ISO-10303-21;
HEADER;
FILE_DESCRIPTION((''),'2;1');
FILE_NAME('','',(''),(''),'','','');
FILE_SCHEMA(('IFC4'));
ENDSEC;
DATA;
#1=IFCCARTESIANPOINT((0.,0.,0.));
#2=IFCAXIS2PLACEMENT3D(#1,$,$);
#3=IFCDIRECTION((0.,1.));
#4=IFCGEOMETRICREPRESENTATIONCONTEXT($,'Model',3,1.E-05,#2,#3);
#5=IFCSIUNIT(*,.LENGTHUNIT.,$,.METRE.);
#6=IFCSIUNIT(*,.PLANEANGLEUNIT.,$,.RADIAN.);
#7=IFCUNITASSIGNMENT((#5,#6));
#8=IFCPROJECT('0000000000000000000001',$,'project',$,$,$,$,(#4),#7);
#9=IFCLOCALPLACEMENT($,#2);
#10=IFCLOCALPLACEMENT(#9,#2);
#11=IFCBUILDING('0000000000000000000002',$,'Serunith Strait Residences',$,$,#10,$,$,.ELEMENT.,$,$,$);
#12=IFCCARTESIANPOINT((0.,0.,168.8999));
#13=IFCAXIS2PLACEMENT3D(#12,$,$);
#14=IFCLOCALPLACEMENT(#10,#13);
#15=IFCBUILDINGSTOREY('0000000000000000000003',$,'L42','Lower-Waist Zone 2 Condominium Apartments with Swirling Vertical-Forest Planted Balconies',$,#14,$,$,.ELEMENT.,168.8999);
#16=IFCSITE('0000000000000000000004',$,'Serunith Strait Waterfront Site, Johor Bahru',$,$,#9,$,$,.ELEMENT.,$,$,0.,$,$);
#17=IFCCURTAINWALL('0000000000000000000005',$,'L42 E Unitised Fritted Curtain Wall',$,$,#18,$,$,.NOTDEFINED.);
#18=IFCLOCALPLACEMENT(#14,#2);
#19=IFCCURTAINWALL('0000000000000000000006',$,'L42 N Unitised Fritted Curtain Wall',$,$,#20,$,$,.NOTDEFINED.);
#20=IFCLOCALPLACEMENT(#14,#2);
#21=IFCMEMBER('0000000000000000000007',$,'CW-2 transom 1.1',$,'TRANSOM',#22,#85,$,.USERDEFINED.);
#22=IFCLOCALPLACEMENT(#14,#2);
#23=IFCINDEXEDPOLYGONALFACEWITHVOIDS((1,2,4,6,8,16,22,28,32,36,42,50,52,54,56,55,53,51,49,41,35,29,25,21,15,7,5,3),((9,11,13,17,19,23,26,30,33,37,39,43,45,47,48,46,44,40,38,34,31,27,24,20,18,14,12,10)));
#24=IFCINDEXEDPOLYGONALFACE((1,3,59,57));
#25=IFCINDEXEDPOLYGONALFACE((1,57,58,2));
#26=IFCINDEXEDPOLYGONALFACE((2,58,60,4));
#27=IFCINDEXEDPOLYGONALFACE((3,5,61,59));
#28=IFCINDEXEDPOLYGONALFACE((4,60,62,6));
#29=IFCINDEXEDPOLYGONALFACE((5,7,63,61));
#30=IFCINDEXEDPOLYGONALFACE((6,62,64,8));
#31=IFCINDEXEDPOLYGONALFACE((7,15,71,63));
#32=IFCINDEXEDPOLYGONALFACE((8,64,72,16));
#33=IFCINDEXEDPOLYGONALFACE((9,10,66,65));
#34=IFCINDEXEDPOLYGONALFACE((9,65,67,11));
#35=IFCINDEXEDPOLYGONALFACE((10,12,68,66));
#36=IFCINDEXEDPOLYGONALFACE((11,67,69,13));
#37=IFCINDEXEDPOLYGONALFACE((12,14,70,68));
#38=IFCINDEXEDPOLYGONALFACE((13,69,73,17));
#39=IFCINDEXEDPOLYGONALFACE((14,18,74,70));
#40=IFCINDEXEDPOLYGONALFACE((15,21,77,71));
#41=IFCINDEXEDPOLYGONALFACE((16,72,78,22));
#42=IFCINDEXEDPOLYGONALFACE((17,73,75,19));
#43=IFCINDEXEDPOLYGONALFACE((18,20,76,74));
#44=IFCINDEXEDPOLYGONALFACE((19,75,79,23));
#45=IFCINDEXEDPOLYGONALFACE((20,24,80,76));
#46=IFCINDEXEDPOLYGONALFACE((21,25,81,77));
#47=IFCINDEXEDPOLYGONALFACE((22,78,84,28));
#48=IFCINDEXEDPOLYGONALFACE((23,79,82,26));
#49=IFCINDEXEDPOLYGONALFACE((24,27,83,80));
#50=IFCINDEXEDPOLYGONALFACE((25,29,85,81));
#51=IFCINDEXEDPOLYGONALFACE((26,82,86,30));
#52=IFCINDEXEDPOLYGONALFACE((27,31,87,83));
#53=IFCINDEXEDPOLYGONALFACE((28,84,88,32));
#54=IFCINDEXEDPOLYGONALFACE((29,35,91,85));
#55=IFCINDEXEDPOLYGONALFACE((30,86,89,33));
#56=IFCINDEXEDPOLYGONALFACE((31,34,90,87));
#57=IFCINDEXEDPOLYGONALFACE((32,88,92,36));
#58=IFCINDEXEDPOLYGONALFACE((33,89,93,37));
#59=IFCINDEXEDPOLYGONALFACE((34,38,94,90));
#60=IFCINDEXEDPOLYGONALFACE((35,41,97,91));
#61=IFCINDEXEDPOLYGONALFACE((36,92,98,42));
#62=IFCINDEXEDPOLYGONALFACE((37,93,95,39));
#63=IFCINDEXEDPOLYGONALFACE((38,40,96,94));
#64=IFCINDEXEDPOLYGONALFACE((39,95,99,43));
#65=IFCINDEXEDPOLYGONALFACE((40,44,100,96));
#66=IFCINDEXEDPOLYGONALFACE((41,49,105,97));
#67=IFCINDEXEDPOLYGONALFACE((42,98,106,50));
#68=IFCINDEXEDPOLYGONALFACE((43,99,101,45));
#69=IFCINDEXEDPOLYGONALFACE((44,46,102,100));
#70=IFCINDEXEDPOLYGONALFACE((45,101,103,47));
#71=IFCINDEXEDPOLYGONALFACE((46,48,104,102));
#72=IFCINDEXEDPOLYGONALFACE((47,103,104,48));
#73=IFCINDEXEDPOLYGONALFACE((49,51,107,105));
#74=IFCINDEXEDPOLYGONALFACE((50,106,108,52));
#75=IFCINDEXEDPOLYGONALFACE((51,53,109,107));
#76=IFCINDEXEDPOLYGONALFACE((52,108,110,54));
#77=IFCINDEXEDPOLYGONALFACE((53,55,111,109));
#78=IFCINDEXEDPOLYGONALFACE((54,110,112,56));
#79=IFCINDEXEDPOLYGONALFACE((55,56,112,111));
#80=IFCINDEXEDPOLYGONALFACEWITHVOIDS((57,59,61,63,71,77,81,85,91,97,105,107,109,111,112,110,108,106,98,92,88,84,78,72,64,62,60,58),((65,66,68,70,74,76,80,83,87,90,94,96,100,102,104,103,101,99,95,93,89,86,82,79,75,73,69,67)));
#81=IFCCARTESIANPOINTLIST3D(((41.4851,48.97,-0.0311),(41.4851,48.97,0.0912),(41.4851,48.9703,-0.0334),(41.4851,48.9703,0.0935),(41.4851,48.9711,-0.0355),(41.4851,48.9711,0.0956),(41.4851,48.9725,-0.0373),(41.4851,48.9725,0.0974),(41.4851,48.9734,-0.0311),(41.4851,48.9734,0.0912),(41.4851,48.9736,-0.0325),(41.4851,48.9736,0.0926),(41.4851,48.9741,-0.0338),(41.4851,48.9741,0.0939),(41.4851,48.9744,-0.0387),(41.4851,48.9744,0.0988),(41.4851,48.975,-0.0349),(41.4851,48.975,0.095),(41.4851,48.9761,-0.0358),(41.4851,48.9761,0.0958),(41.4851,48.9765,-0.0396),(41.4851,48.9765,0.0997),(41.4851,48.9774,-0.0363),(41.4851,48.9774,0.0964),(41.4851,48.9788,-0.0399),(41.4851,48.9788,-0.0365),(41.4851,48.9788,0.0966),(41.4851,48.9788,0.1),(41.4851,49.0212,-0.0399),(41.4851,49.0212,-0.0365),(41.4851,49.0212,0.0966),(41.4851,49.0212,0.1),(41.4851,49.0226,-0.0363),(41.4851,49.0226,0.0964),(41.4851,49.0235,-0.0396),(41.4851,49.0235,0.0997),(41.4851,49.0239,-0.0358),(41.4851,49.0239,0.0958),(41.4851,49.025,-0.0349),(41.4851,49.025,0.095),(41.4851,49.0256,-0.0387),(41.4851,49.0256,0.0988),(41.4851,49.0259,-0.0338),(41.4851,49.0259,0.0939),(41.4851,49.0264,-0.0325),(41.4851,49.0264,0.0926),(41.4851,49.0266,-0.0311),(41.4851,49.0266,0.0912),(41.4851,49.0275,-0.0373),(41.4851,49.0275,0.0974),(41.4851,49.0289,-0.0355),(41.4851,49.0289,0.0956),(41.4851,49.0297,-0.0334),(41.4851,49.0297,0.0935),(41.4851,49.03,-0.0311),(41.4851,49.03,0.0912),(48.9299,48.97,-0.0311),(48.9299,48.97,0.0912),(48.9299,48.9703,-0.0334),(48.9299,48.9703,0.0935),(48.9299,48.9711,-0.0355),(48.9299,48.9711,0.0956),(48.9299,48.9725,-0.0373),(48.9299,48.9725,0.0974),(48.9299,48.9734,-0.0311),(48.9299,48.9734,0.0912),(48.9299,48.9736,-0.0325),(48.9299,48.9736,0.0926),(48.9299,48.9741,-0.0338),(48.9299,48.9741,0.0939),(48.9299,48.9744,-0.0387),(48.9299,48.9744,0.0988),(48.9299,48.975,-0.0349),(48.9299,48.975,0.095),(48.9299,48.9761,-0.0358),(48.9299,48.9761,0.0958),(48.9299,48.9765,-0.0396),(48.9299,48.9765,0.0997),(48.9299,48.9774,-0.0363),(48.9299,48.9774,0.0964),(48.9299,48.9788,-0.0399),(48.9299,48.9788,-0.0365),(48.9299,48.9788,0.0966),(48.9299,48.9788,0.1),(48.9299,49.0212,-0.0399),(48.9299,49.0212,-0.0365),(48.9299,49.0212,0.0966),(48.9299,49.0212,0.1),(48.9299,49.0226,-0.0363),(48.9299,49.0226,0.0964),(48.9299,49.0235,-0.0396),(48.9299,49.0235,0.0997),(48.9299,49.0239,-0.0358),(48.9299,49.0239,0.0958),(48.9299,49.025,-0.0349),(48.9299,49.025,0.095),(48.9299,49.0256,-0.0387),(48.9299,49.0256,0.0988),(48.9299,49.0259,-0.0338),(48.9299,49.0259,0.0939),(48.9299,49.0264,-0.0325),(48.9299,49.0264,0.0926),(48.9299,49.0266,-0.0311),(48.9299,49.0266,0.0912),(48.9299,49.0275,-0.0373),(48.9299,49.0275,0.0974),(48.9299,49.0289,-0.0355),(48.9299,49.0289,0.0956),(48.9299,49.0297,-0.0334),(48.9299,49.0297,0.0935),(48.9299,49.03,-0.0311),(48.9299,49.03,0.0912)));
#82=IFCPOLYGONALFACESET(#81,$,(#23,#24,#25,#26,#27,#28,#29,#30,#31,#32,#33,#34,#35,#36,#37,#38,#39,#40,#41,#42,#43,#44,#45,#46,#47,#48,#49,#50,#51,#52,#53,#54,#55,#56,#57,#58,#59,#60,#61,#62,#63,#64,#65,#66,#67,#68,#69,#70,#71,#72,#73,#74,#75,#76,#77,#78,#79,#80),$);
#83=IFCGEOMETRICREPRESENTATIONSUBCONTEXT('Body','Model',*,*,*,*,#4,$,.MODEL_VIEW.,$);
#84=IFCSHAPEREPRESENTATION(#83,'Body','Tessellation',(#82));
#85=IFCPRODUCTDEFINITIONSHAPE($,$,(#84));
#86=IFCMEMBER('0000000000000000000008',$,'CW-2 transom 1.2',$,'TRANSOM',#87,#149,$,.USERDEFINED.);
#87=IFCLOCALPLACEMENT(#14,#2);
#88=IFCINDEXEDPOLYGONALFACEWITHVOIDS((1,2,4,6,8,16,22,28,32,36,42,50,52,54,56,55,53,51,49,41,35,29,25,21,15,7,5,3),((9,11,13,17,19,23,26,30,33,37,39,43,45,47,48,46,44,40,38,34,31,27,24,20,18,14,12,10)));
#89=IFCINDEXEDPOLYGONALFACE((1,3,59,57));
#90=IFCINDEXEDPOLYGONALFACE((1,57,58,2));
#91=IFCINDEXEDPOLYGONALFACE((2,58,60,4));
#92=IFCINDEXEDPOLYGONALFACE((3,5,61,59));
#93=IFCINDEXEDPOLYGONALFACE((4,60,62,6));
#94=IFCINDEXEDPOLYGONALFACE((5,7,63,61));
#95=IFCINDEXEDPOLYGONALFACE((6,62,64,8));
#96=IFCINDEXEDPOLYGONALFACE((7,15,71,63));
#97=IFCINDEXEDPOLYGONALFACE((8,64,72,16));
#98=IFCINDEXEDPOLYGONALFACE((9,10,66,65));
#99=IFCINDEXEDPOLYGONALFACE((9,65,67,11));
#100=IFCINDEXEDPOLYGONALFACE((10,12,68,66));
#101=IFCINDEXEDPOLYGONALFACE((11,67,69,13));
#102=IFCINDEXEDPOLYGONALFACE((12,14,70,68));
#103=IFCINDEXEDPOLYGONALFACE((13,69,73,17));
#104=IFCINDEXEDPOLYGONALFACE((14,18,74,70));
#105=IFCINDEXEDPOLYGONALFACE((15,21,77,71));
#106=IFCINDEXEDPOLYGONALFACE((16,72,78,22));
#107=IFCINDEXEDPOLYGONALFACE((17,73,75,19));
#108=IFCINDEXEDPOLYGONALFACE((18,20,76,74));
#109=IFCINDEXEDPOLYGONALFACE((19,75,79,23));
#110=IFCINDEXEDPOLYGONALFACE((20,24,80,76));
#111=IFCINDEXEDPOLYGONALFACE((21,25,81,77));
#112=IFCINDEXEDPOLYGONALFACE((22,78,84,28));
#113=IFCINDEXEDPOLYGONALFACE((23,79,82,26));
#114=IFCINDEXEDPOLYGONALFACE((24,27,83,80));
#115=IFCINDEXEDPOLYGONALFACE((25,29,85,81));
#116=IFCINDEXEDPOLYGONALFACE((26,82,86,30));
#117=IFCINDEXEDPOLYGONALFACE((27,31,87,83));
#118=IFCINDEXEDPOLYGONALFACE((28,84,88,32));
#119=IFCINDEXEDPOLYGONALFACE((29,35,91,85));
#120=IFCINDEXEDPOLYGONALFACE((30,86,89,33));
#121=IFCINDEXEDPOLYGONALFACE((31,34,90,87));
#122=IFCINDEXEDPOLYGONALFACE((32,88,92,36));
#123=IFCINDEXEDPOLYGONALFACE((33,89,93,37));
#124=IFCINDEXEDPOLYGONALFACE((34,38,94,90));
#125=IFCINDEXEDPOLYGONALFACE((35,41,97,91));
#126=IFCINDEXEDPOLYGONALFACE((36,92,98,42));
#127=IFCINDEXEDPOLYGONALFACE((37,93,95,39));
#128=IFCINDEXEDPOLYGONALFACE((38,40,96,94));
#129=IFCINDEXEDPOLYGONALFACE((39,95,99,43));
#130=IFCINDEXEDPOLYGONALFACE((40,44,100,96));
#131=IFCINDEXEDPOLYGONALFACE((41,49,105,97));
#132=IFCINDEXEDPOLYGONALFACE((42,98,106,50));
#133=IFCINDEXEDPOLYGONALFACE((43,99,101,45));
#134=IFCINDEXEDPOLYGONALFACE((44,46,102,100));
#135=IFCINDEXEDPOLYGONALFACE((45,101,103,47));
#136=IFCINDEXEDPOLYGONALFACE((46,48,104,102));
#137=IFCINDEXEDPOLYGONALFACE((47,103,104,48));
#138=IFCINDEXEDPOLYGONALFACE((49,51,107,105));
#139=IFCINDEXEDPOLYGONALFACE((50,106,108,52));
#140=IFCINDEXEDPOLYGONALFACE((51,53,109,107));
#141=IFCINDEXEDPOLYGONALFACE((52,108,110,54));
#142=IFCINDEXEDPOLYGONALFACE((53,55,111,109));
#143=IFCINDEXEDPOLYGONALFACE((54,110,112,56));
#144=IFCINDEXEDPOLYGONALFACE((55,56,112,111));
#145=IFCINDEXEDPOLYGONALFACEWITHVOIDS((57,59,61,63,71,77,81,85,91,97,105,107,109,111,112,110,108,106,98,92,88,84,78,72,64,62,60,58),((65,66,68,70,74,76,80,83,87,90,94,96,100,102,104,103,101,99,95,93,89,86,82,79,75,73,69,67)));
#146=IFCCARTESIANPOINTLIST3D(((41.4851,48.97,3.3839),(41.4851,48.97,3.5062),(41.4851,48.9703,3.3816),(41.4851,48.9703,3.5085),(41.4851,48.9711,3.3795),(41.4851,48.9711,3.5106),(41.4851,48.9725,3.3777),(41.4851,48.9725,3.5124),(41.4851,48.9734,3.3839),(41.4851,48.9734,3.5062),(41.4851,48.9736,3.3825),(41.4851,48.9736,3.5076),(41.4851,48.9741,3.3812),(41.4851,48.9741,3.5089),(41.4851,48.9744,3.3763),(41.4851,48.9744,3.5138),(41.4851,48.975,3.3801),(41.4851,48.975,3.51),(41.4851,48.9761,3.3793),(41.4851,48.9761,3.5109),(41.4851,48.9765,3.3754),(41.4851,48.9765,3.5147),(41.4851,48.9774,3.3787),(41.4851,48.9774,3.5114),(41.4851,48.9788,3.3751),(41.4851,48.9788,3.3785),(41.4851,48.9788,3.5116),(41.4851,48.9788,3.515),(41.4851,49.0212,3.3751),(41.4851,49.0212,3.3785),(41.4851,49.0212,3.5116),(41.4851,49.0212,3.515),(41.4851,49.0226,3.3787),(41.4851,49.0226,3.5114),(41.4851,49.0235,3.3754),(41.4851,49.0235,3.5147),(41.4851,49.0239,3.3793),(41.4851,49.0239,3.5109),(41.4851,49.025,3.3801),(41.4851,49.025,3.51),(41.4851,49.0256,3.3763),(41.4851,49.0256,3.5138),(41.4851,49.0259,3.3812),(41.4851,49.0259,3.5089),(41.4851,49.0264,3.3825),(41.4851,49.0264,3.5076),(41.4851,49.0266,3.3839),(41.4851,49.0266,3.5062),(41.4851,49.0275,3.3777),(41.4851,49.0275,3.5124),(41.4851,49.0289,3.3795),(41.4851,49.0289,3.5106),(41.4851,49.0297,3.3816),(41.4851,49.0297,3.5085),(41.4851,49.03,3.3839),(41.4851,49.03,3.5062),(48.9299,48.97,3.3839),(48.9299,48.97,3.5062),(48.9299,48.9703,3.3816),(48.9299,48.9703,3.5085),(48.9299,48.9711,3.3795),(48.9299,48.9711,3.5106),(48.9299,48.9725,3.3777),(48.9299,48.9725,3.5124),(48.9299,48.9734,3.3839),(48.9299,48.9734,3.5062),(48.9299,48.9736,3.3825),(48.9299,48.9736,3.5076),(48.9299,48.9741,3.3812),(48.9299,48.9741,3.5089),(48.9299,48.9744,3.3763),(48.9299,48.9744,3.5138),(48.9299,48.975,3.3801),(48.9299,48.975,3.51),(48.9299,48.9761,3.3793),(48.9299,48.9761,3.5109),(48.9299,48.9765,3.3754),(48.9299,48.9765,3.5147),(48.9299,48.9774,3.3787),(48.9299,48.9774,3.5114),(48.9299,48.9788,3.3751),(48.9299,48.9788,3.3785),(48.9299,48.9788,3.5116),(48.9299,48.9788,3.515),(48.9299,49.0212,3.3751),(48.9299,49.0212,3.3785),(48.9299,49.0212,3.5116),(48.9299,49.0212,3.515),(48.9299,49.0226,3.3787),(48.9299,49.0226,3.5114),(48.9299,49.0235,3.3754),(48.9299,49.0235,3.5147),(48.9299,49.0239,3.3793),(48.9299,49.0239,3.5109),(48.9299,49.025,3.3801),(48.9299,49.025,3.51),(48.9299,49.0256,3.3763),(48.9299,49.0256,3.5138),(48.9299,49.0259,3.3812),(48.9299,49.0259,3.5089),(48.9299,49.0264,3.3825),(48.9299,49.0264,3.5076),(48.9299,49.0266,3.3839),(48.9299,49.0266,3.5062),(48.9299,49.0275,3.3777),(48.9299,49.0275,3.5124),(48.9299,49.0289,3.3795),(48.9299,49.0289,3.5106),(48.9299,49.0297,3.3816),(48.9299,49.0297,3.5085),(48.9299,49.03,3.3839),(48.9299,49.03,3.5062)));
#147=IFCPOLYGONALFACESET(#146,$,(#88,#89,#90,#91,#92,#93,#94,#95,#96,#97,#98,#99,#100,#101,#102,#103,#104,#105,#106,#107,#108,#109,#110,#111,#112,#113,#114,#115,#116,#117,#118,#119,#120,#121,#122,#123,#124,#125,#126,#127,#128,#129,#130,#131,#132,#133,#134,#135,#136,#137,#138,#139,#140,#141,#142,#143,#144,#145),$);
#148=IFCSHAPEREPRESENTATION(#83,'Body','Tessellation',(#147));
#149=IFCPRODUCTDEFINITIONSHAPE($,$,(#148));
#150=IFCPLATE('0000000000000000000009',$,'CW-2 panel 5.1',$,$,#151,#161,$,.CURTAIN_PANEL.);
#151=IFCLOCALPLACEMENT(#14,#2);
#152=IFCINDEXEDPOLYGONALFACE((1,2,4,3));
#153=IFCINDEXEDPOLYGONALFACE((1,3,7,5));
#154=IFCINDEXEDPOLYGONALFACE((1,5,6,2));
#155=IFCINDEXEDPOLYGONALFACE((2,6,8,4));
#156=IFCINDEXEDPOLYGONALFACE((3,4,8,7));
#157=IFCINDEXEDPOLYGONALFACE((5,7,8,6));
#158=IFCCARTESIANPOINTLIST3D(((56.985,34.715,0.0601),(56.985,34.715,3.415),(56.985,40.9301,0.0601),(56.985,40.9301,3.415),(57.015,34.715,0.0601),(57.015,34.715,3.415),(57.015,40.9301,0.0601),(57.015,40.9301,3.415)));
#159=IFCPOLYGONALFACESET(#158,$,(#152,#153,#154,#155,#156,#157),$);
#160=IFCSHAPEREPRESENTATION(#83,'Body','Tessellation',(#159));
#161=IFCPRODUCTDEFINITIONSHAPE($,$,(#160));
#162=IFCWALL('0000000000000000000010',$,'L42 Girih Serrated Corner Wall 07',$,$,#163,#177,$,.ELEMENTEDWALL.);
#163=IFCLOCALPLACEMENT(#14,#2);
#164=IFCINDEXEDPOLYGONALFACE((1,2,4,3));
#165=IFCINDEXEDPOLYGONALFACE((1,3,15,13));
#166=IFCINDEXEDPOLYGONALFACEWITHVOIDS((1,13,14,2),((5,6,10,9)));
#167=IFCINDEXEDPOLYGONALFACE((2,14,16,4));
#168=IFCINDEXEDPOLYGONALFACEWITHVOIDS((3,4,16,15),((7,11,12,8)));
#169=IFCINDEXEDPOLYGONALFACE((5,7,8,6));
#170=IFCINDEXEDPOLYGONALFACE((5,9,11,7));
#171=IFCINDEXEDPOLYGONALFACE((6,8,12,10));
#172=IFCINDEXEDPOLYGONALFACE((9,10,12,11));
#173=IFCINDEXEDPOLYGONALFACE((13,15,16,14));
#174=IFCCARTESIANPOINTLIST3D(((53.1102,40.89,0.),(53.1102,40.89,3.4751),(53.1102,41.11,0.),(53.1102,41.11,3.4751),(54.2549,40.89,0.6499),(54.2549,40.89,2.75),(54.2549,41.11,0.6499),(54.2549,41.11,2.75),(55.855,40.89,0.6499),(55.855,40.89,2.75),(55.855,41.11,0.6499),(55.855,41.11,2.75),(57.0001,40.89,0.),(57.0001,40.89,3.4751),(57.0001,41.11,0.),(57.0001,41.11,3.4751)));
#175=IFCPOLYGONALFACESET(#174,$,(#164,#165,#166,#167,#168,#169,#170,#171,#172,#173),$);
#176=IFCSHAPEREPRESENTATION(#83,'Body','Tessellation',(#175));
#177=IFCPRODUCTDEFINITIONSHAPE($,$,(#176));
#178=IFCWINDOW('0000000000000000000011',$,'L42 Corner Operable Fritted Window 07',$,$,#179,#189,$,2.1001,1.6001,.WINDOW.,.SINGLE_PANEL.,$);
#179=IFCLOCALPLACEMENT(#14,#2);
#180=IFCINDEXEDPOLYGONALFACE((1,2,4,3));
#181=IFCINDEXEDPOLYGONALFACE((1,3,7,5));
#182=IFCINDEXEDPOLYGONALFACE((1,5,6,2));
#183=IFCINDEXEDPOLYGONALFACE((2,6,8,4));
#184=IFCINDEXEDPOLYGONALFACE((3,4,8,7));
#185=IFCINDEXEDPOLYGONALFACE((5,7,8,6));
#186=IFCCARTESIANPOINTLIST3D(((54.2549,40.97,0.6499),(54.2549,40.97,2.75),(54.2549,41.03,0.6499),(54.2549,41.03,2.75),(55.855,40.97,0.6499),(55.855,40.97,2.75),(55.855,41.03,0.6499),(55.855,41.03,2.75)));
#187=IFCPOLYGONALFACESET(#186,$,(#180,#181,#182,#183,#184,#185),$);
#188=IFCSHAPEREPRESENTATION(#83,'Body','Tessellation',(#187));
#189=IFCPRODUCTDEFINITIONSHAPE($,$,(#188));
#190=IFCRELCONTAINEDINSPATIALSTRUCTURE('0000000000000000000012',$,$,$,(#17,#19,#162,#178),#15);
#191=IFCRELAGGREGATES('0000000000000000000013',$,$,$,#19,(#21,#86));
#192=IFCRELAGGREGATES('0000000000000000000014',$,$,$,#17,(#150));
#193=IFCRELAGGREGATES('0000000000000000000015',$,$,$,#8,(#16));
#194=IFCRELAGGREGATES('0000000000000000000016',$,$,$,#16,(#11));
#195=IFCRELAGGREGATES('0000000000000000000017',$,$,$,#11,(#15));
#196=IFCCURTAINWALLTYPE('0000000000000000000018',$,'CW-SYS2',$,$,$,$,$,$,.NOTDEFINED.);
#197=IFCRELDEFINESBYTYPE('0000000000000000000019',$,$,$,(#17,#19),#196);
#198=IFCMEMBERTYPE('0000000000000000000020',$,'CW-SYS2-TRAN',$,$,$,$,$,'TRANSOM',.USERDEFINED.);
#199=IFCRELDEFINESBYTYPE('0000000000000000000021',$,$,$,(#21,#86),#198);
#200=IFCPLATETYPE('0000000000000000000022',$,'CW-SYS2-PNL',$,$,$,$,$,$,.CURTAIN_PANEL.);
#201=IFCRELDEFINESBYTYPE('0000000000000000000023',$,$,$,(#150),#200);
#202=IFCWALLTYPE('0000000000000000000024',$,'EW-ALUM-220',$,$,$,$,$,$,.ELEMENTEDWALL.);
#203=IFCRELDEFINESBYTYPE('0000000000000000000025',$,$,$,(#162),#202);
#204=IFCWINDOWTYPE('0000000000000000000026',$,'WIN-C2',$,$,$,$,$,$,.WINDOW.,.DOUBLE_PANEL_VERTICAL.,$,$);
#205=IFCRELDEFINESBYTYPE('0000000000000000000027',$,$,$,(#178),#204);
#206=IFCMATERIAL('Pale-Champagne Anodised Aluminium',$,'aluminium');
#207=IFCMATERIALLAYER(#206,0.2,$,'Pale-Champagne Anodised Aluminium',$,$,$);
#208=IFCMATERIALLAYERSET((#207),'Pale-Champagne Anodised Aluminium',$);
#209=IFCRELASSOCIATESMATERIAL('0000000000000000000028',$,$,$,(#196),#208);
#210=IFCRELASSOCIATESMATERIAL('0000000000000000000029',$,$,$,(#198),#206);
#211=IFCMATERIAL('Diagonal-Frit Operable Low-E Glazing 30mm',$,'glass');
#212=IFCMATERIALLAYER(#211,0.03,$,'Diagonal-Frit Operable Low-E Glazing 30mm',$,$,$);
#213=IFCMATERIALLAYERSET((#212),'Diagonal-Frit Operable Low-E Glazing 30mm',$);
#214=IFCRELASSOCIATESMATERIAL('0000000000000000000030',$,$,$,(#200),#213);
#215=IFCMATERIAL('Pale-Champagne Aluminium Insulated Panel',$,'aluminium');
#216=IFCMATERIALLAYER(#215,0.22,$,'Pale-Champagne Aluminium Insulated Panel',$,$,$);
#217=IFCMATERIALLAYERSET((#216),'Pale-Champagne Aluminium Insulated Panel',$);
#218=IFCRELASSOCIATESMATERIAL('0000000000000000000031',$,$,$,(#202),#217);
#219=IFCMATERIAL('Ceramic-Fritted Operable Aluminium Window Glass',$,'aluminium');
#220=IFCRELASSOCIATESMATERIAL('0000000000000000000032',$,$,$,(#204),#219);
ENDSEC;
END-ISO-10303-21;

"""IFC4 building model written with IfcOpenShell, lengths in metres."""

from ifc_helpers import new_model, si_unit, direction, frame, frame_2d, origin, origin_2d, place, context, subcontext, project, spatial, rectangle, hollow_rectangle, extrude, source, transform, mapped, material, layer, layer_set, material_profile, profile_set, type_object, element, fill, aggregate, save


model = new_model("IFC4")

# Units and contexts
model_context = context("Model", 3, precision=1e-05, world=origin(), true_north=direction((0.0, 1.0)))
body_context = subcontext(model_context, "Body", "Model", "MODEL_VIEW")
ifc_project = project(units=[si_unit("LENGTHUNIT", "METRE"), si_unit("PLANEANGLEUNIT", "RADIAN")], contexts=[model_context])

# Site, building, storey
site_placement = place(None, origin())
site = spatial("IfcSite", under=ifc_project, at=site_placement, Name="Serunith Strait Waterfront Site, Johor Bahru", CompositionType="ELEMENT", RefElevation=0.0)
building_placement = place(site_placement, origin())
building = spatial("IfcBuilding", under=site, at=building_placement, Name="Serunith Strait Residences", CompositionType="ELEMENT")
storey_placement = place(building_placement, frame((0.0, 0.0, 168.8999)))
storey = spatial("IfcBuildingStorey", under=building, at=storey_placement, Name="L42", Description="Lower-Waist Zone 2 Condominium Apartments with Swirling Vertical-Forest Planted Balconies", CompositionType="ELEMENT", Elevation=168.8999)

# Curtain wall
ifc_material_1 = material(Name="Pale-Champagne Anodised Aluminium", Category="aluminium")
ifc_layer_1 = layer(ifc_material_1, 0.2, Name="Pale-Champagne Anodised Aluminium")
ifc_layer_set_1 = layer_set([ifc_layer_1], Name="Pale-Champagne Anodised Aluminium")
curtain_wall_type = type_object("IfcCurtainWallType", Name="CW-SYS2", PredefinedType="NOTDEFINED", material=ifc_layer_set_1)
curtain_wall_1_placement = place(storey_placement, origin())
curtain_wall_1 = element("IfcCurtainWall", 1, at=curtain_wall_1_placement, inside=storey, type_object=curtain_wall_type, Name="L42 E Unitised Fritted Curtain Wall", PredefinedType="NOTDEFINED")

# Curtain wall, members
curtain_wall_2_placement = place(storey_placement, origin())
curtain_wall_2 = element("IfcCurtainWall", 2, at=curtain_wall_2_placement, inside=storey, type_object=curtain_wall_type, Name="L42 N Unitised Fritted Curtain Wall", PredefinedType="NOTDEFINED")
ifc_material_profile_1 = material_profile(ifc_material_1, hollow_rectangle(XDim=0.0601, YDim=0.1399, WallThickness=0.0034, InnerFilletRadius=0.0054, OuterFilletRadius=0.0088, at=origin_2d()), Name="ALU 140x60x3.5")
ifc_profile_set_1 = profile_set([ifc_material_profile_1], Name="Pale-Champagne Anodised Aluminium")
member_type_1 = type_object("IfcMemberType", Name="CW-SYS2-TRAN", ElementType="TRANSOM", PredefinedType="USERDEFINED", material=ifc_profile_set_1)
shared_shape_1 = source(origin(), body_context, "Body", "SweptSolid", [
    extrude(hollow_rectangle(XDim=0.0601, YDim=0.1399, WallThickness=0.0034, InnerFilletRadius=0.0054, OuterFilletRadius=0.0088, at=origin_2d()), origin(), (0.0, 0.0, 1.0), 7.4448),
])
member_1_placement = place(storey_placement, frame((48.9299, 49.0, 0.03), z_axis=(-1.0, 0.0, 0.0), x_axis=(0.0, -1.0, 0.0)))
member_1 = element("IfcMember", 3, at=member_1_placement, type_object=member_type_1, Name="CW-2 transom 1.1", ObjectType="TRANSOM", PredefinedType="USERDEFINED", context=body_context, shape_type="MappedRepresentation", body=[
    mapped(shared_shape_1, transform((0.0, 0.0, 0.0), scale=1.0)),
])
member_2_placement = place(storey_placement, frame((48.9299, 49.0, 3.4451), z_axis=(-1.0, 0.0, 0.0), x_axis=(0.0, -1.0, 0.0)))
member_2 = element("IfcMember", 4, at=member_2_placement, type_object=member_type_1, Name="CW-2 transom 1.2", ObjectType="TRANSOM", PredefinedType="USERDEFINED", context=body_context, shape_type="MappedRepresentation", body=[
    mapped(shared_shape_1, transform((0.0, 0.0, 0.0), scale=1.0)),
])
aggregate(curtain_wall_2, [member_1, member_2])

# Plate
ifc_material_2 = material(Name="Diagonal-Frit Operable Low-E Glazing 30mm", Category="glass")
ifc_layer_2 = layer(ifc_material_2, 0.03, Name="Diagonal-Frit Operable Low-E Glazing 30mm")
ifc_layer_set_2 = layer_set([ifc_layer_2], Name="Diagonal-Frit Operable Low-E Glazing 30mm")
plate_type = type_object("IfcPlateType", Name="CW-SYS2-PNL", PredefinedType="CURTAIN_PANEL", material=ifc_layer_set_2)
shared_shape_2 = source(origin(), body_context, "Body", "SweptSolid", [
    extrude(rectangle(XDim=6.2151, YDim=0.03, at=origin_2d()), origin(), (0.0, 0.0, 1.0), 3.355),
])
plate_placement = place(storey_placement, frame((57.0, 37.8225, 0.0601), z_axis=(0.0, 0.0, 1.0), x_axis=(0.0, 1.0, 0.0)))
plate = element("IfcPlate", 5, at=plate_placement, type_object=plate_type, Name="CW-2 panel 5.1", PredefinedType="CURTAIN_PANEL", context=body_context, shape_type="MappedRepresentation", body=[
    mapped(shared_shape_2, transform((0.0, 0.0, 0.0), scale=1.0)),
])
aggregate(curtain_wall_1, [plate])

# Wall, opening, window
ifc_material_3 = material(Name="Pale-Champagne Aluminium Insulated Panel", Category="aluminium")
ifc_layer_3 = layer(ifc_material_3, 0.22, Name="Pale-Champagne Aluminium Insulated Panel")
ifc_layer_set_3 = layer_set([ifc_layer_3], Name="Pale-Champagne Aluminium Insulated Panel")
wall_type_1 = type_object("IfcWallType", Name="EW-ALUM-220", PredefinedType="ELEMENTEDWALL", material=ifc_layer_set_3)
wall_1_placement = place(storey_placement, frame((57.0, 41.0, 0.0), z_axis=(0.0, 0.0, 1.0), x_axis=(-1.0, 0.0, 0.0)))
wall_1 = element("IfcWall", 6, at=wall_1_placement, inside=storey, type_object=wall_type_1, Name="L42 Girih Serrated Corner Wall 07", PredefinedType="ELEMENTEDWALL", context=body_context, shape_type="SweptSolid", body=[
    extrude(rectangle(XDim=3.8899, YDim=0.22, at=frame_2d((1.9448, 0.0))), origin(), (0.0, 0.0, 1.0), 3.4751),
])
opening_1_placement = place(wall_1_placement, frame((1.145, 0.0, 0.6499)))
opening_1 = element("IfcOpeningElement", 7, at=opening_1_placement, cuts=wall_1, PredefinedType="OPENING", context=body_context, shape_type="SweptSolid", body=[
    extrude(rectangle(XDim=1.6001, YDim=2.1001, at=frame_2d((0.8, 1.05))), frame((0.0, 0.1201, 0.0), z_axis=(0.0, -1.0, 0.0), x_axis=(1.0, 0.0, 0.0)), (0.0, 0.0, 1.0), 0.24),
])
ifc_material_4 = material(Name="Ceramic-Fritted Operable Aluminium Window Glass", Category="aluminium")
window_type = type_object("IfcWindowType", Name="WIN-C2", PartitioningType="DOUBLE_PANEL_VERTICAL", PredefinedType="WINDOW", material=ifc_material_4)
shared_shape_3 = source(origin(), body_context, "Body", "SweptSolid", [
    extrude(rectangle(XDim=1.6001, YDim=2.1001, at=frame_2d((0.8, 1.05))), frame((0.0, 0.03, 0.0), z_axis=(0.0, -1.0, 0.0), x_axis=(1.0, 0.0, 0.0)), (0.0, 0.0, 1.0), 0.0601),
])
window_1_placement = place(opening_1_placement, origin())
window_1 = element("IfcWindow", 8, at=window_1_placement, inside=storey, type_object=window_type, Name="L42 Corner Operable Fritted Window 07", OverallHeight=2.1001, OverallWidth=1.6001, PartitioningType="SINGLE_PANEL", PredefinedType="WINDOW", context=body_context, shape_type="MappedRepresentation", body=[
    mapped(shared_shape_3, transform((0.0, 0.0, 0.0), scale=1.0)),
])
fill(opening_1, window_1)

save(model, "model.ifc")
